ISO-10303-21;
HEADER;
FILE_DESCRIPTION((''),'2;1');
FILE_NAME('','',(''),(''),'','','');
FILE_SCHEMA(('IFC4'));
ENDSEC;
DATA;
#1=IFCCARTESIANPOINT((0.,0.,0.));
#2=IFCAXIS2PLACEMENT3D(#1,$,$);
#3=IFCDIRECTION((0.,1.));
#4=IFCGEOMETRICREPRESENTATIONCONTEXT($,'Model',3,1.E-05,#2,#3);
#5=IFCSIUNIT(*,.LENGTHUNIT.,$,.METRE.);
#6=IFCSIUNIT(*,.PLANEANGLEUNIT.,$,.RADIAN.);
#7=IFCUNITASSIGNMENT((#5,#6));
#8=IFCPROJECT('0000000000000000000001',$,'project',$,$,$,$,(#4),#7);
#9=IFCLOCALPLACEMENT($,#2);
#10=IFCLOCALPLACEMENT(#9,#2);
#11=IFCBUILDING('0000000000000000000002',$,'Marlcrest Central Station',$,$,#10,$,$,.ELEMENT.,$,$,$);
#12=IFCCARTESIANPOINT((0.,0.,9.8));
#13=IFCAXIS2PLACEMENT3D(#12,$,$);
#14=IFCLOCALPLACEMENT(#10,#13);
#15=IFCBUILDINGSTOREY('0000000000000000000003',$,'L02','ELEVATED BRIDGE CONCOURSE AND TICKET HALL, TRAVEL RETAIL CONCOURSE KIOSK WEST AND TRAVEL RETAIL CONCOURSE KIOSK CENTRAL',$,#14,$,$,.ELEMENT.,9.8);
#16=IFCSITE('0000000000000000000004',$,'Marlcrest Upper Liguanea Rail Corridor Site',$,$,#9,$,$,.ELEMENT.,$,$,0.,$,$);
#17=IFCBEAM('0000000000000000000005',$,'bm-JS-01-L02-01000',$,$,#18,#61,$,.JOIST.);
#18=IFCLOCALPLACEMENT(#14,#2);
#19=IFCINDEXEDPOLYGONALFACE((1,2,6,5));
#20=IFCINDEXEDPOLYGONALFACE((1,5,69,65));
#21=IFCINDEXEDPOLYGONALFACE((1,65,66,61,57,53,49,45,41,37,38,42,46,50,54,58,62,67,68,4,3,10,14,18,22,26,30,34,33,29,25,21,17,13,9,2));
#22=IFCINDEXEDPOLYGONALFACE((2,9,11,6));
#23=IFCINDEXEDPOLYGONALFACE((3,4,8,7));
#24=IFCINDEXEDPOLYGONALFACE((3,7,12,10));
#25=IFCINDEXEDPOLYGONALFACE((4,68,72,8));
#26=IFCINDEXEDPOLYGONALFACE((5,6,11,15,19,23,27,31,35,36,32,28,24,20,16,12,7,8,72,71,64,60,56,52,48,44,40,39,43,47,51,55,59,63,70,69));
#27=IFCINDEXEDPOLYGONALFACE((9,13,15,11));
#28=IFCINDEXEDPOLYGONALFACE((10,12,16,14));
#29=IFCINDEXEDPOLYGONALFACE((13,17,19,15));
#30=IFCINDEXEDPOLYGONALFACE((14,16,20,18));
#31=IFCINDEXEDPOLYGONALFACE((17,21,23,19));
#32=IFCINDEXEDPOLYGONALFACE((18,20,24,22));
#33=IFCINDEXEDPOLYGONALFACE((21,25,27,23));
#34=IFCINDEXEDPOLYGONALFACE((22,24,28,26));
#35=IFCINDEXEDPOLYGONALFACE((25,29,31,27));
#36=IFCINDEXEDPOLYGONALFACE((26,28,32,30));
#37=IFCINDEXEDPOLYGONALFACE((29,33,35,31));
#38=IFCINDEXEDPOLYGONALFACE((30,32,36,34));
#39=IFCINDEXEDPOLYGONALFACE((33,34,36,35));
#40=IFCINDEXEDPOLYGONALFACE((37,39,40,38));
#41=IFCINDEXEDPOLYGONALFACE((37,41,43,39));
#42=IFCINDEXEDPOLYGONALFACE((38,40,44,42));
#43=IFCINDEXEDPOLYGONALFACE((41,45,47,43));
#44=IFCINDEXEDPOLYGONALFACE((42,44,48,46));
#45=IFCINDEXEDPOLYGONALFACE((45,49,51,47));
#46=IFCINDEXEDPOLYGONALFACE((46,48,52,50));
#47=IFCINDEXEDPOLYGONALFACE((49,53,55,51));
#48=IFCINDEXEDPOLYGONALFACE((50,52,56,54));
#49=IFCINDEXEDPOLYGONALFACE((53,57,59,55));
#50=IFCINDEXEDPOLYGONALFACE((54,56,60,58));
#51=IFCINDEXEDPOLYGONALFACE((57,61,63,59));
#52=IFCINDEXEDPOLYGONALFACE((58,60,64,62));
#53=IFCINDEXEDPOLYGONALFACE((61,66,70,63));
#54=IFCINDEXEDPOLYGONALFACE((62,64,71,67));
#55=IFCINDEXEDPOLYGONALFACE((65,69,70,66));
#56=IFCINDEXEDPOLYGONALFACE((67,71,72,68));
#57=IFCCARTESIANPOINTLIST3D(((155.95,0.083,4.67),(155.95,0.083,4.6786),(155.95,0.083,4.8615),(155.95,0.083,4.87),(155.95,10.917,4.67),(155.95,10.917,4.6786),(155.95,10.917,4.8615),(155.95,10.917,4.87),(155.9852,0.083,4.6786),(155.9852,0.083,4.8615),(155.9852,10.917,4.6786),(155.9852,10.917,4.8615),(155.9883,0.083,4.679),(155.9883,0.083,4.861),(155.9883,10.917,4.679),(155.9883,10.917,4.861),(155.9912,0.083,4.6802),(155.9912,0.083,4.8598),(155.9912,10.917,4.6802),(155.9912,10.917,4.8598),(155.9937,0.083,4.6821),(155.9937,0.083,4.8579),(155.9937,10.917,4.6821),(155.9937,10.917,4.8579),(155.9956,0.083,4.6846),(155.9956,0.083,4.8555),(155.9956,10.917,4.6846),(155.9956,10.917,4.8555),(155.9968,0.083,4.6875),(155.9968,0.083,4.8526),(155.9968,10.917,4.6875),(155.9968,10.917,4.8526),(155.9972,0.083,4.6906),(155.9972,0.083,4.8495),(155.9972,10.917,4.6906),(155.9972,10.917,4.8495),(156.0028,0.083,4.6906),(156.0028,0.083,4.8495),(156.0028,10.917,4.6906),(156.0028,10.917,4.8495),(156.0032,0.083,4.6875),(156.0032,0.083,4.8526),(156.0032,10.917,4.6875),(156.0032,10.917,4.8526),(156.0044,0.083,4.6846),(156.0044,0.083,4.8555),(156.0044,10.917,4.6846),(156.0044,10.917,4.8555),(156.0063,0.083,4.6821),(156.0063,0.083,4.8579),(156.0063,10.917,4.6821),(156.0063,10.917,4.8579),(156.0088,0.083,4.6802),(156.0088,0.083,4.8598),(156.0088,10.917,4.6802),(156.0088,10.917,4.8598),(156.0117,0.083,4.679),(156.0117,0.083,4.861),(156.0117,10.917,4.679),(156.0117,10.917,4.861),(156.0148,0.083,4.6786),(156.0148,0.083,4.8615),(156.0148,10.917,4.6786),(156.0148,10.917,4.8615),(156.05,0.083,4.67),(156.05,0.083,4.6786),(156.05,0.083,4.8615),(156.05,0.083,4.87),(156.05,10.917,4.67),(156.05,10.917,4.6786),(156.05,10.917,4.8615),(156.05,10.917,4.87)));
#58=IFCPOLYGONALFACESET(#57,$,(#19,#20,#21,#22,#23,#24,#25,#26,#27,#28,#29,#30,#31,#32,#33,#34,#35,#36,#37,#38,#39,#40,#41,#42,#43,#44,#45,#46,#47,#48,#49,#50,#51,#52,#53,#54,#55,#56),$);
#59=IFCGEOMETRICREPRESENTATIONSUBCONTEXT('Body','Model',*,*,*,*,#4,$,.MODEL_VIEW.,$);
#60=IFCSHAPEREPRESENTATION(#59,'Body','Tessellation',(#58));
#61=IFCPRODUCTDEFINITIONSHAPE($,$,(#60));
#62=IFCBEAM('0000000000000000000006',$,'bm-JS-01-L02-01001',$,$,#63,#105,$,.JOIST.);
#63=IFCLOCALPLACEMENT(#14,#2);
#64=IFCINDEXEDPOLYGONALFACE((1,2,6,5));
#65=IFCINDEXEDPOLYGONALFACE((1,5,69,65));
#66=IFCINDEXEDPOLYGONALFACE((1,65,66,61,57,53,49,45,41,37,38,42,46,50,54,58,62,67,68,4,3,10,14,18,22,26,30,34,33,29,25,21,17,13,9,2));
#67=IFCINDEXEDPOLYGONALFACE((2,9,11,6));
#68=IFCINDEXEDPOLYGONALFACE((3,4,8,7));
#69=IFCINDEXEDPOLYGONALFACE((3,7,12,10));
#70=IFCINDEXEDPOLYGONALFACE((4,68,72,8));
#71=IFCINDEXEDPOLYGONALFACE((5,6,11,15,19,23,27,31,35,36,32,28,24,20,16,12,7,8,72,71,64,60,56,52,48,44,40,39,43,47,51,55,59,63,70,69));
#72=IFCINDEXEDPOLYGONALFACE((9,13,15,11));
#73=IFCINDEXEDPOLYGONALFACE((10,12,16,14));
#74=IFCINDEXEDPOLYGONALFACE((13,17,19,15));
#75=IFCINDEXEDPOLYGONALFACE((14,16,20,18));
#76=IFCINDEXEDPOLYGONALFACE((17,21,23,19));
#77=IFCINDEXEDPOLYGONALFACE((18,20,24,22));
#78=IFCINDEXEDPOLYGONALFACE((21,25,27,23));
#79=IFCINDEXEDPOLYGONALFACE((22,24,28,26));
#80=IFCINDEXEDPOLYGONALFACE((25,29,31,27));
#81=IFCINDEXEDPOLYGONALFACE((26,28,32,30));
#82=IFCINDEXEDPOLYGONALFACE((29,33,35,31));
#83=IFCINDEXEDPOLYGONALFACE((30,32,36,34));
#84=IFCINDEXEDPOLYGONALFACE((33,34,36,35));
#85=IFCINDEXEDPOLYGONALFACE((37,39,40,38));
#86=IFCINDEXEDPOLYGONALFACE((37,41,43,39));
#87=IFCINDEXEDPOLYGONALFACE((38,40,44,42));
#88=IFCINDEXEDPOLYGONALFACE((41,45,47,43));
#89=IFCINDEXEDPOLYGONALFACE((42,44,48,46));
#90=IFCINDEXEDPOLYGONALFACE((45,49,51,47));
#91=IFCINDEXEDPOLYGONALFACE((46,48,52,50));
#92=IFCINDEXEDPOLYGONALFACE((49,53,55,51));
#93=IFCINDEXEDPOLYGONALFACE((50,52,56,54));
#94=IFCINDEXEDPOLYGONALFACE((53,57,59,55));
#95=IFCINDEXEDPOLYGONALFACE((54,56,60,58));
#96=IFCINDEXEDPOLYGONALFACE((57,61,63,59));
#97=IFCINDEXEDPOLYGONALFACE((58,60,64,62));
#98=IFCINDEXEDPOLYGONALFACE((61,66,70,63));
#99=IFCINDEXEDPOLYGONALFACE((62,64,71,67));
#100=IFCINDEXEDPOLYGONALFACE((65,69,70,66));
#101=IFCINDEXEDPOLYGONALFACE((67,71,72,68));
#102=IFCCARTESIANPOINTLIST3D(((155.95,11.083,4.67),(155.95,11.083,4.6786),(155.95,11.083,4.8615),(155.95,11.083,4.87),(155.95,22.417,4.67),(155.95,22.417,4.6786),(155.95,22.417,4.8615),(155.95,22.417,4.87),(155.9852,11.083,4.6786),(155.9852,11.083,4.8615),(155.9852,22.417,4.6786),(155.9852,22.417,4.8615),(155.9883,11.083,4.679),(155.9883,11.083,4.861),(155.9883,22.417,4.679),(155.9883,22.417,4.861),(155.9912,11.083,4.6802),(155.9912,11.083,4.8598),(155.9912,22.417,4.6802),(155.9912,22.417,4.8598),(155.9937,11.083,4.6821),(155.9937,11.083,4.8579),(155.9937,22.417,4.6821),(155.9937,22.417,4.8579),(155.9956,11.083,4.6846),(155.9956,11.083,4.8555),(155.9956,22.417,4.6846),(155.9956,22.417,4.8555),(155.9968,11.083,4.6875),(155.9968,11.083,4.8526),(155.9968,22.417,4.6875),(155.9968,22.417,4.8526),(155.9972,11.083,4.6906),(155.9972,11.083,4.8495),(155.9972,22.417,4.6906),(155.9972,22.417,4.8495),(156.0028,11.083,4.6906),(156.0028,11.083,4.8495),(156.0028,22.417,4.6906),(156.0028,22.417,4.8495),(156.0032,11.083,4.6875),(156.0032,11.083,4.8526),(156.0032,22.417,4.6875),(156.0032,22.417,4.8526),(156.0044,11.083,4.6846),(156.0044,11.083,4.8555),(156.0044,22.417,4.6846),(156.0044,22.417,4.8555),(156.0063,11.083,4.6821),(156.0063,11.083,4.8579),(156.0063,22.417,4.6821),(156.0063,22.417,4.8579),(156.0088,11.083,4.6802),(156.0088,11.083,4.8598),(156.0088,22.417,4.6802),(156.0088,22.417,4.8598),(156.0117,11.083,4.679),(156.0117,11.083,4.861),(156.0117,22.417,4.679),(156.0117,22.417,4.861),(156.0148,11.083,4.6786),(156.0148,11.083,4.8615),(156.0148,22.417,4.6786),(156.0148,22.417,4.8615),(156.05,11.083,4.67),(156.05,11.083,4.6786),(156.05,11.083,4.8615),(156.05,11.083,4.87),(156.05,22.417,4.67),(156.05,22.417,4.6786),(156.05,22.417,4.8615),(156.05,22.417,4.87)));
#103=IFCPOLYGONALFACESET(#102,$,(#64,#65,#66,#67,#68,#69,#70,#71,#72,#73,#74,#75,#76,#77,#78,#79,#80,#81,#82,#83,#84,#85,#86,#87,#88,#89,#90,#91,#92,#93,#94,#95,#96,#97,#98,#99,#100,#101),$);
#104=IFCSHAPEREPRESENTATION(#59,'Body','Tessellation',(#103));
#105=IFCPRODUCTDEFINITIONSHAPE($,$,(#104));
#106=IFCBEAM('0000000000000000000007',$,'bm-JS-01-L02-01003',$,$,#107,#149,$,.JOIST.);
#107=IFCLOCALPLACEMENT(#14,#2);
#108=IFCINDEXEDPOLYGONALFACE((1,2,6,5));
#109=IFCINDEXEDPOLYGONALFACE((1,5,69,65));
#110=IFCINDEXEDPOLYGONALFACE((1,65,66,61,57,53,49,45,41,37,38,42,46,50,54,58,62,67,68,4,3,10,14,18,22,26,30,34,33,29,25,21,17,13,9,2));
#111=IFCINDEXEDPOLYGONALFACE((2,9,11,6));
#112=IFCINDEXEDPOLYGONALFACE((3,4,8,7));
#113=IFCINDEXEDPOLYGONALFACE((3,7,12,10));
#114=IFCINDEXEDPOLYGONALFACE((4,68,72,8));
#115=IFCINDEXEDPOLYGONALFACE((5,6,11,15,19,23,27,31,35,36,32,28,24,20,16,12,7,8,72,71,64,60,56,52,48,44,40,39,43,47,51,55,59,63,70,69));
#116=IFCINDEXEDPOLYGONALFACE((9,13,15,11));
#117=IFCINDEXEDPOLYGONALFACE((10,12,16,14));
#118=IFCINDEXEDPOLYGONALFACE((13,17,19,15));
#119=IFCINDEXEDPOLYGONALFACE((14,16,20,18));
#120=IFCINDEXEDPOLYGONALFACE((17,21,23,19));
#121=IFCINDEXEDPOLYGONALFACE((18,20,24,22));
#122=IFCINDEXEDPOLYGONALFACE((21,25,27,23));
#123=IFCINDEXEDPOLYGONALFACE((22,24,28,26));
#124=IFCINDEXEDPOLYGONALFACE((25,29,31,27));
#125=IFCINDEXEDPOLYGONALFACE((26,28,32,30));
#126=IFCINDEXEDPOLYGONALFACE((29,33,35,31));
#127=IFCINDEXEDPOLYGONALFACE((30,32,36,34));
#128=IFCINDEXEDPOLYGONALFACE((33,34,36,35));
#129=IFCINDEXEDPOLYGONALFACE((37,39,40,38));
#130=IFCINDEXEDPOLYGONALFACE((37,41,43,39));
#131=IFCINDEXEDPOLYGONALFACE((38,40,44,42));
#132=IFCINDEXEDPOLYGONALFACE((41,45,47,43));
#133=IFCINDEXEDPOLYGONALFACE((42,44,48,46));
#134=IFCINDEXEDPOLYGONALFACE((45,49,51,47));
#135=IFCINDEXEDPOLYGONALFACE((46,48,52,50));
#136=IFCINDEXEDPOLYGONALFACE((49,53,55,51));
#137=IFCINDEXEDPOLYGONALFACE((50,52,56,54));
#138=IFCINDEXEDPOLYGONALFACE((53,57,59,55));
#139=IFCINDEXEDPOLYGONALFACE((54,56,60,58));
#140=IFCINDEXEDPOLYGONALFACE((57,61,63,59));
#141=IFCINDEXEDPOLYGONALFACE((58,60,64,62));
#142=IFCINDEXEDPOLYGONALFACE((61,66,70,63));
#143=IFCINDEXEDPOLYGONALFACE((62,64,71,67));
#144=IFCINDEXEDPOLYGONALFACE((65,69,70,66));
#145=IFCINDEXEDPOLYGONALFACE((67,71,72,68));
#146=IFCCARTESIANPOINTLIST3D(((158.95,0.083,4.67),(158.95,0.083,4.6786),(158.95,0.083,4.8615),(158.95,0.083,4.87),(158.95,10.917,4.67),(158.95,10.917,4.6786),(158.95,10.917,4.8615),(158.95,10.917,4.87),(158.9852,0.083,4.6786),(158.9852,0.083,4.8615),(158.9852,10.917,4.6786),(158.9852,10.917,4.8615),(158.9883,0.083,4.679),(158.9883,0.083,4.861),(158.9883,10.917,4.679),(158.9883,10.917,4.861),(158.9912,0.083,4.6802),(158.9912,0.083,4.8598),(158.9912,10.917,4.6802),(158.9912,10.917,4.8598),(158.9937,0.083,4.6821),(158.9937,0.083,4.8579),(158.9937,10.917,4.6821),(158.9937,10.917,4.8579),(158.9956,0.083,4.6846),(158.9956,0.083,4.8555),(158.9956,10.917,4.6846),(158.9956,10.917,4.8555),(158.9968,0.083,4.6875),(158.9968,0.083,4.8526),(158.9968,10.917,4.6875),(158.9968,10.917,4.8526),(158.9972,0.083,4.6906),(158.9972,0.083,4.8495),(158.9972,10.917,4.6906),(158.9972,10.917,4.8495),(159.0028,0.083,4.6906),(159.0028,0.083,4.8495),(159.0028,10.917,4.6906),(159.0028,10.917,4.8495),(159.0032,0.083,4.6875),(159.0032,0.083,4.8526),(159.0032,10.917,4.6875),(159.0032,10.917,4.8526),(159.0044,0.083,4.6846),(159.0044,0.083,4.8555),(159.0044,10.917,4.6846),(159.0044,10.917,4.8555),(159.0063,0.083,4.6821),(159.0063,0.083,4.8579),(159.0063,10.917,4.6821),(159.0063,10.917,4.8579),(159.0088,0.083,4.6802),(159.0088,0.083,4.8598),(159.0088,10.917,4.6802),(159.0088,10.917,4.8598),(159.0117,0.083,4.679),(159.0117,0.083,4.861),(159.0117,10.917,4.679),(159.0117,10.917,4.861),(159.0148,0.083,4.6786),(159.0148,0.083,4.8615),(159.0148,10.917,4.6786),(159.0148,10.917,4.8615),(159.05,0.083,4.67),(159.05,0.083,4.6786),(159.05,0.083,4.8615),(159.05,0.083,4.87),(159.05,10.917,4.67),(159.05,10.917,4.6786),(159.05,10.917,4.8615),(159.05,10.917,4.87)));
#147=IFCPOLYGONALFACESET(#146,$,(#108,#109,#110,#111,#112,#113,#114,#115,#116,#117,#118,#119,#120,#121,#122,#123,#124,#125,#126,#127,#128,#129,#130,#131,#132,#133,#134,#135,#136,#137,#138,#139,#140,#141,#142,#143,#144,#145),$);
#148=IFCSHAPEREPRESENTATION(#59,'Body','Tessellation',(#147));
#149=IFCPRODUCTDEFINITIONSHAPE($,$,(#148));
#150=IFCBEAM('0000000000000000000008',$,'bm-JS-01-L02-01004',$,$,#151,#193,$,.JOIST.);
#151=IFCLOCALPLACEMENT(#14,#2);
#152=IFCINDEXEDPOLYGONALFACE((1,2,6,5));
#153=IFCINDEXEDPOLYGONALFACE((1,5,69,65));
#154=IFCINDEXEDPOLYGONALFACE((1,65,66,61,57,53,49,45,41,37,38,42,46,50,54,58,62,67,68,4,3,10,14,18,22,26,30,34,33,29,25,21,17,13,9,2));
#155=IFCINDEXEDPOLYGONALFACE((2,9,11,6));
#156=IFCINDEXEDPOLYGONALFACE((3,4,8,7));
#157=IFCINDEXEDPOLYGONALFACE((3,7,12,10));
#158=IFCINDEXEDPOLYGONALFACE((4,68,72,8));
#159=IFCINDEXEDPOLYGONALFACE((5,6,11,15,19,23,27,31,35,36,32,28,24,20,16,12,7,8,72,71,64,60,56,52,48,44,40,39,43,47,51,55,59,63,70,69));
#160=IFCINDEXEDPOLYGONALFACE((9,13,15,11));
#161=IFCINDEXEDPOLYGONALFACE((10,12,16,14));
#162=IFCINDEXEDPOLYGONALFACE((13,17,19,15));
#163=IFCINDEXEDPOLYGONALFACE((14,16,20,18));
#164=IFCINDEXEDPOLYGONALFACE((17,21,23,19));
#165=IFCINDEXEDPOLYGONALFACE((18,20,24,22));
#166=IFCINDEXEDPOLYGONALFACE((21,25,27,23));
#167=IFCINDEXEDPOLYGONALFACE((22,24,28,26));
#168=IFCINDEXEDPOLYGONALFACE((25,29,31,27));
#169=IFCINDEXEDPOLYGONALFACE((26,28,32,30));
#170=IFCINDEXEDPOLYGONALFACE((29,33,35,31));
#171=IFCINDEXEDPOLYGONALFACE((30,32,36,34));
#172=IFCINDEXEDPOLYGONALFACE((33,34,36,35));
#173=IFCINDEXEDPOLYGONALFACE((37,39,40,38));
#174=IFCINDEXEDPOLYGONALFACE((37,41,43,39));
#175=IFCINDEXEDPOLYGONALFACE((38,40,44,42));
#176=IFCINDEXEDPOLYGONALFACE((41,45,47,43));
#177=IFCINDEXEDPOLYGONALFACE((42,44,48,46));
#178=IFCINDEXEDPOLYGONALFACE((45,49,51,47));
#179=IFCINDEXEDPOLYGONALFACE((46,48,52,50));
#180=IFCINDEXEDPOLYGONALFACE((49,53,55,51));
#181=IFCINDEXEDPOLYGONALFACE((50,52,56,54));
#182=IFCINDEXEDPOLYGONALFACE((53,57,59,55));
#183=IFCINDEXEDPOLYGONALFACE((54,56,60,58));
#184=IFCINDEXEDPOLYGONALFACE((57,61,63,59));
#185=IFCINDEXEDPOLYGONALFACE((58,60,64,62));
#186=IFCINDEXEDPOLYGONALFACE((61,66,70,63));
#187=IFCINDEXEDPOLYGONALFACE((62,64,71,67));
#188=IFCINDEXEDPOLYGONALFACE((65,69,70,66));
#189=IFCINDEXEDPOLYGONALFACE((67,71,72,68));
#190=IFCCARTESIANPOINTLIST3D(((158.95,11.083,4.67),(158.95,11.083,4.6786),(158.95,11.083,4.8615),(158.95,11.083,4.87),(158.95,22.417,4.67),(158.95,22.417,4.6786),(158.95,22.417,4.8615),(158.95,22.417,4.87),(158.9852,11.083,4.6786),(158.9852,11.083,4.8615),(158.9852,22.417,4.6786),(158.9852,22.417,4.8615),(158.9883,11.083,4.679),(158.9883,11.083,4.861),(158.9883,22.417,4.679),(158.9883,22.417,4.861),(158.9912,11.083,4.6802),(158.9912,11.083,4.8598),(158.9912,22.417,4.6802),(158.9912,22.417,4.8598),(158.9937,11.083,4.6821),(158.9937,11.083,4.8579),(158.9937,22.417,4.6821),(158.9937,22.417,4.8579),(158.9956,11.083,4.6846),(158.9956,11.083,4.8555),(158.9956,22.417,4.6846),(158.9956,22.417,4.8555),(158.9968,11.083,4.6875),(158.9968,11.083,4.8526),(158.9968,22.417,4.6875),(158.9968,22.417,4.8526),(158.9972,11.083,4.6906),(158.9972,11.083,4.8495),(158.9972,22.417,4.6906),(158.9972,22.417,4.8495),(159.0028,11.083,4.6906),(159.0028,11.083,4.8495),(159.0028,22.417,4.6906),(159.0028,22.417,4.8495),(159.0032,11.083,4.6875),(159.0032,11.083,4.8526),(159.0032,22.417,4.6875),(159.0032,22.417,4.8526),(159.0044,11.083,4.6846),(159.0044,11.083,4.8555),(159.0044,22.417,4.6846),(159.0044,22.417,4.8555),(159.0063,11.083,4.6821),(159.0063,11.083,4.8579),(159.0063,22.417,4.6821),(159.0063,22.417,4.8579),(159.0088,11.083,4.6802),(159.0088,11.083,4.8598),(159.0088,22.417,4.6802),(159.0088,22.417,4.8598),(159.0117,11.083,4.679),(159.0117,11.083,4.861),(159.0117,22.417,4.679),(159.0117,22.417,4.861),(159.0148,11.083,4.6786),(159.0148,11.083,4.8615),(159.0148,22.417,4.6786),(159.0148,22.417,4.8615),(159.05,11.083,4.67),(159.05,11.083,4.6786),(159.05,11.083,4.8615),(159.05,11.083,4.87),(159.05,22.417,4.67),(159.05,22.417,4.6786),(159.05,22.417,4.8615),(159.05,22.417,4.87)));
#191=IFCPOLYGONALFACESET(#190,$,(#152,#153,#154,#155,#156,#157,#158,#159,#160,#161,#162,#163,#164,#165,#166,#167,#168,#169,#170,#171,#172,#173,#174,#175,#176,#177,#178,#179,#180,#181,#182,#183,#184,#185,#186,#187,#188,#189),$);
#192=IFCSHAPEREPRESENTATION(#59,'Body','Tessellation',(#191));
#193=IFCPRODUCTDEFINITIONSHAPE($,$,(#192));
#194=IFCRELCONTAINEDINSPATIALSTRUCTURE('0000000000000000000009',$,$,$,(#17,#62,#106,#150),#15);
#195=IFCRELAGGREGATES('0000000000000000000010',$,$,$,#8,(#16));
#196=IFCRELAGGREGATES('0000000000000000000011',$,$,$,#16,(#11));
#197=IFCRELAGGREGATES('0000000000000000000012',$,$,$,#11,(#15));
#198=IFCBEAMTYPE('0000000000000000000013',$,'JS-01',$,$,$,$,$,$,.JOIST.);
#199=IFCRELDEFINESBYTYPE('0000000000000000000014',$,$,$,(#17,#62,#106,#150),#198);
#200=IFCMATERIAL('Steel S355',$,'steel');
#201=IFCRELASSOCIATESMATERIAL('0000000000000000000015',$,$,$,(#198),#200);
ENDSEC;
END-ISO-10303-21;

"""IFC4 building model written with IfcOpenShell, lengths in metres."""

from ifc_helpers import new_model, si_unit, direction, frame, origin, origin_2d, place, context, subcontext, project, spatial, i_section, extrude, material, material_profile, profile_set, type_object, element, save


model = new_model("IFC4")

# Units and contexts
model_context = context("Model", 3, precision=1e-05, world=origin(), true_north=direction((0.0, 1.0)))
body_context = subcontext(model_context, "Body", "Model", "MODEL_VIEW")
ifc_project = project(units=[si_unit("LENGTHUNIT", "METRE"), si_unit("PLANEANGLEUNIT", "RADIAN")], contexts=[model_context])

# Site, building, storey
site_placement = place(None, origin())
site = spatial("IfcSite", under=ifc_project, at=site_placement, Name="Marlcrest Upper Liguanea Rail Corridor Site", CompositionType="ELEMENT", RefElevation=0.0)
building_placement = place(site_placement, origin())
building = spatial("IfcBuilding", under=site, at=building_placement, Name="Marlcrest Central Station", CompositionType="ELEMENT")
storey_placement = place(building_placement, frame((0.0, 0.0, 9.8)))
storey = spatial("IfcBuildingStorey", under=building, at=storey_placement, Name="L02", Description="ELEVATED BRIDGE CONCOURSE AND TICKET HALL, TRAVEL RETAIL CONCOURSE KIOSK WEST AND TRAVEL RETAIL CONCOURSE KIOSK CENTRAL", CompositionType="ELEMENT", Elevation=9.8)

# Beams
ifc_material_1 = material(Name="Steel S355", Category="steel")
ifc_material_profile_1 = material_profile(ifc_material_1, i_section(OverallWidth=0.1001, OverallDepth=0.2, WebThickness=0.0056, FlangeThickness=0.0085, FilletRadius=0.012, at=origin_2d()), Name="IPE 200")
ifc_profile_set_1 = profile_set([ifc_material_profile_1], Name="Steel S355")
beam_type_1 = type_object("IfcBeamType", Name="JS-01", PredefinedType="JOIST", material=ifc_profile_set_1)
beam_1_placement = place(storey_placement, frame((156.0, 0.083, 4.77), z_axis=(0.0, 1.0, 0.0), x_axis=(-1.0, 0.0, 0.0)))
element("IfcBeam", 1, at=beam_1_placement, inside=storey, type_object=beam_type_1, Name="bm-JS-01-L02-01000", PredefinedType="JOIST", context=body_context, shape_type="SweptSolid", body=[
    extrude(i_section(OverallWidth=0.1001, OverallDepth=0.2, WebThickness=0.0056, FlangeThickness=0.0085, FilletRadius=0.012, at=origin_2d()), origin(), (0.0, 0.0, 1.0), 10.834),
])
beam_2_placement = place(storey_placement, frame((156.0, 11.083, 4.77), z_axis=(0.0, 1.0, 0.0), x_axis=(-1.0, 0.0, 0.0)))
element("IfcBeam", 2, at=beam_2_placement, inside=storey, type_object=beam_type_1, Name="bm-JS-01-L02-01001", PredefinedType="JOIST", context=body_context, shape_type="SweptSolid", body=[
    extrude(i_section(OverallWidth=0.1001, OverallDepth=0.2, WebThickness=0.0056, FlangeThickness=0.0085, FilletRadius=0.012, at=origin_2d()), origin(), (0.0, 0.0, 1.0), 11.334),
])
beam_3_placement = place(storey_placement, frame((159.0, 0.083, 4.77), z_axis=(0.0, 1.0, 0.0), x_axis=(-1.0, 0.0, 0.0)))
element("IfcBeam", 3, at=beam_3_placement, inside=storey, type_object=beam_type_1, Name="bm-JS-01-L02-01003", PredefinedType="JOIST", context=body_context, shape_type="SweptSolid", body=[
    extrude(i_section(OverallWidth=0.1001, OverallDepth=0.2, WebThickness=0.0056, FlangeThickness=0.0085, FilletRadius=0.012, at=origin_2d()), origin(), (0.0, 0.0, 1.0), 10.834),
])
beam_4_placement = place(storey_placement, frame((159.0, 11.083, 4.77), z_axis=(0.0, 1.0, 0.0), x_axis=(-1.0, 0.0, 0.0)))
element("IfcBeam", 4, at=beam_4_placement, inside=storey, type_object=beam_type_1, Name="bm-JS-01-L02-01004", PredefinedType="JOIST", context=body_context, shape_type="SweptSolid", body=[
    extrude(i_section(OverallWidth=0.1001, OverallDepth=0.2, WebThickness=0.0056, FlangeThickness=0.0085, FilletRadius=0.012, at=origin_2d()), origin(), (0.0, 0.0, 1.0), 11.334),
])

save(model, "model.ifc")
